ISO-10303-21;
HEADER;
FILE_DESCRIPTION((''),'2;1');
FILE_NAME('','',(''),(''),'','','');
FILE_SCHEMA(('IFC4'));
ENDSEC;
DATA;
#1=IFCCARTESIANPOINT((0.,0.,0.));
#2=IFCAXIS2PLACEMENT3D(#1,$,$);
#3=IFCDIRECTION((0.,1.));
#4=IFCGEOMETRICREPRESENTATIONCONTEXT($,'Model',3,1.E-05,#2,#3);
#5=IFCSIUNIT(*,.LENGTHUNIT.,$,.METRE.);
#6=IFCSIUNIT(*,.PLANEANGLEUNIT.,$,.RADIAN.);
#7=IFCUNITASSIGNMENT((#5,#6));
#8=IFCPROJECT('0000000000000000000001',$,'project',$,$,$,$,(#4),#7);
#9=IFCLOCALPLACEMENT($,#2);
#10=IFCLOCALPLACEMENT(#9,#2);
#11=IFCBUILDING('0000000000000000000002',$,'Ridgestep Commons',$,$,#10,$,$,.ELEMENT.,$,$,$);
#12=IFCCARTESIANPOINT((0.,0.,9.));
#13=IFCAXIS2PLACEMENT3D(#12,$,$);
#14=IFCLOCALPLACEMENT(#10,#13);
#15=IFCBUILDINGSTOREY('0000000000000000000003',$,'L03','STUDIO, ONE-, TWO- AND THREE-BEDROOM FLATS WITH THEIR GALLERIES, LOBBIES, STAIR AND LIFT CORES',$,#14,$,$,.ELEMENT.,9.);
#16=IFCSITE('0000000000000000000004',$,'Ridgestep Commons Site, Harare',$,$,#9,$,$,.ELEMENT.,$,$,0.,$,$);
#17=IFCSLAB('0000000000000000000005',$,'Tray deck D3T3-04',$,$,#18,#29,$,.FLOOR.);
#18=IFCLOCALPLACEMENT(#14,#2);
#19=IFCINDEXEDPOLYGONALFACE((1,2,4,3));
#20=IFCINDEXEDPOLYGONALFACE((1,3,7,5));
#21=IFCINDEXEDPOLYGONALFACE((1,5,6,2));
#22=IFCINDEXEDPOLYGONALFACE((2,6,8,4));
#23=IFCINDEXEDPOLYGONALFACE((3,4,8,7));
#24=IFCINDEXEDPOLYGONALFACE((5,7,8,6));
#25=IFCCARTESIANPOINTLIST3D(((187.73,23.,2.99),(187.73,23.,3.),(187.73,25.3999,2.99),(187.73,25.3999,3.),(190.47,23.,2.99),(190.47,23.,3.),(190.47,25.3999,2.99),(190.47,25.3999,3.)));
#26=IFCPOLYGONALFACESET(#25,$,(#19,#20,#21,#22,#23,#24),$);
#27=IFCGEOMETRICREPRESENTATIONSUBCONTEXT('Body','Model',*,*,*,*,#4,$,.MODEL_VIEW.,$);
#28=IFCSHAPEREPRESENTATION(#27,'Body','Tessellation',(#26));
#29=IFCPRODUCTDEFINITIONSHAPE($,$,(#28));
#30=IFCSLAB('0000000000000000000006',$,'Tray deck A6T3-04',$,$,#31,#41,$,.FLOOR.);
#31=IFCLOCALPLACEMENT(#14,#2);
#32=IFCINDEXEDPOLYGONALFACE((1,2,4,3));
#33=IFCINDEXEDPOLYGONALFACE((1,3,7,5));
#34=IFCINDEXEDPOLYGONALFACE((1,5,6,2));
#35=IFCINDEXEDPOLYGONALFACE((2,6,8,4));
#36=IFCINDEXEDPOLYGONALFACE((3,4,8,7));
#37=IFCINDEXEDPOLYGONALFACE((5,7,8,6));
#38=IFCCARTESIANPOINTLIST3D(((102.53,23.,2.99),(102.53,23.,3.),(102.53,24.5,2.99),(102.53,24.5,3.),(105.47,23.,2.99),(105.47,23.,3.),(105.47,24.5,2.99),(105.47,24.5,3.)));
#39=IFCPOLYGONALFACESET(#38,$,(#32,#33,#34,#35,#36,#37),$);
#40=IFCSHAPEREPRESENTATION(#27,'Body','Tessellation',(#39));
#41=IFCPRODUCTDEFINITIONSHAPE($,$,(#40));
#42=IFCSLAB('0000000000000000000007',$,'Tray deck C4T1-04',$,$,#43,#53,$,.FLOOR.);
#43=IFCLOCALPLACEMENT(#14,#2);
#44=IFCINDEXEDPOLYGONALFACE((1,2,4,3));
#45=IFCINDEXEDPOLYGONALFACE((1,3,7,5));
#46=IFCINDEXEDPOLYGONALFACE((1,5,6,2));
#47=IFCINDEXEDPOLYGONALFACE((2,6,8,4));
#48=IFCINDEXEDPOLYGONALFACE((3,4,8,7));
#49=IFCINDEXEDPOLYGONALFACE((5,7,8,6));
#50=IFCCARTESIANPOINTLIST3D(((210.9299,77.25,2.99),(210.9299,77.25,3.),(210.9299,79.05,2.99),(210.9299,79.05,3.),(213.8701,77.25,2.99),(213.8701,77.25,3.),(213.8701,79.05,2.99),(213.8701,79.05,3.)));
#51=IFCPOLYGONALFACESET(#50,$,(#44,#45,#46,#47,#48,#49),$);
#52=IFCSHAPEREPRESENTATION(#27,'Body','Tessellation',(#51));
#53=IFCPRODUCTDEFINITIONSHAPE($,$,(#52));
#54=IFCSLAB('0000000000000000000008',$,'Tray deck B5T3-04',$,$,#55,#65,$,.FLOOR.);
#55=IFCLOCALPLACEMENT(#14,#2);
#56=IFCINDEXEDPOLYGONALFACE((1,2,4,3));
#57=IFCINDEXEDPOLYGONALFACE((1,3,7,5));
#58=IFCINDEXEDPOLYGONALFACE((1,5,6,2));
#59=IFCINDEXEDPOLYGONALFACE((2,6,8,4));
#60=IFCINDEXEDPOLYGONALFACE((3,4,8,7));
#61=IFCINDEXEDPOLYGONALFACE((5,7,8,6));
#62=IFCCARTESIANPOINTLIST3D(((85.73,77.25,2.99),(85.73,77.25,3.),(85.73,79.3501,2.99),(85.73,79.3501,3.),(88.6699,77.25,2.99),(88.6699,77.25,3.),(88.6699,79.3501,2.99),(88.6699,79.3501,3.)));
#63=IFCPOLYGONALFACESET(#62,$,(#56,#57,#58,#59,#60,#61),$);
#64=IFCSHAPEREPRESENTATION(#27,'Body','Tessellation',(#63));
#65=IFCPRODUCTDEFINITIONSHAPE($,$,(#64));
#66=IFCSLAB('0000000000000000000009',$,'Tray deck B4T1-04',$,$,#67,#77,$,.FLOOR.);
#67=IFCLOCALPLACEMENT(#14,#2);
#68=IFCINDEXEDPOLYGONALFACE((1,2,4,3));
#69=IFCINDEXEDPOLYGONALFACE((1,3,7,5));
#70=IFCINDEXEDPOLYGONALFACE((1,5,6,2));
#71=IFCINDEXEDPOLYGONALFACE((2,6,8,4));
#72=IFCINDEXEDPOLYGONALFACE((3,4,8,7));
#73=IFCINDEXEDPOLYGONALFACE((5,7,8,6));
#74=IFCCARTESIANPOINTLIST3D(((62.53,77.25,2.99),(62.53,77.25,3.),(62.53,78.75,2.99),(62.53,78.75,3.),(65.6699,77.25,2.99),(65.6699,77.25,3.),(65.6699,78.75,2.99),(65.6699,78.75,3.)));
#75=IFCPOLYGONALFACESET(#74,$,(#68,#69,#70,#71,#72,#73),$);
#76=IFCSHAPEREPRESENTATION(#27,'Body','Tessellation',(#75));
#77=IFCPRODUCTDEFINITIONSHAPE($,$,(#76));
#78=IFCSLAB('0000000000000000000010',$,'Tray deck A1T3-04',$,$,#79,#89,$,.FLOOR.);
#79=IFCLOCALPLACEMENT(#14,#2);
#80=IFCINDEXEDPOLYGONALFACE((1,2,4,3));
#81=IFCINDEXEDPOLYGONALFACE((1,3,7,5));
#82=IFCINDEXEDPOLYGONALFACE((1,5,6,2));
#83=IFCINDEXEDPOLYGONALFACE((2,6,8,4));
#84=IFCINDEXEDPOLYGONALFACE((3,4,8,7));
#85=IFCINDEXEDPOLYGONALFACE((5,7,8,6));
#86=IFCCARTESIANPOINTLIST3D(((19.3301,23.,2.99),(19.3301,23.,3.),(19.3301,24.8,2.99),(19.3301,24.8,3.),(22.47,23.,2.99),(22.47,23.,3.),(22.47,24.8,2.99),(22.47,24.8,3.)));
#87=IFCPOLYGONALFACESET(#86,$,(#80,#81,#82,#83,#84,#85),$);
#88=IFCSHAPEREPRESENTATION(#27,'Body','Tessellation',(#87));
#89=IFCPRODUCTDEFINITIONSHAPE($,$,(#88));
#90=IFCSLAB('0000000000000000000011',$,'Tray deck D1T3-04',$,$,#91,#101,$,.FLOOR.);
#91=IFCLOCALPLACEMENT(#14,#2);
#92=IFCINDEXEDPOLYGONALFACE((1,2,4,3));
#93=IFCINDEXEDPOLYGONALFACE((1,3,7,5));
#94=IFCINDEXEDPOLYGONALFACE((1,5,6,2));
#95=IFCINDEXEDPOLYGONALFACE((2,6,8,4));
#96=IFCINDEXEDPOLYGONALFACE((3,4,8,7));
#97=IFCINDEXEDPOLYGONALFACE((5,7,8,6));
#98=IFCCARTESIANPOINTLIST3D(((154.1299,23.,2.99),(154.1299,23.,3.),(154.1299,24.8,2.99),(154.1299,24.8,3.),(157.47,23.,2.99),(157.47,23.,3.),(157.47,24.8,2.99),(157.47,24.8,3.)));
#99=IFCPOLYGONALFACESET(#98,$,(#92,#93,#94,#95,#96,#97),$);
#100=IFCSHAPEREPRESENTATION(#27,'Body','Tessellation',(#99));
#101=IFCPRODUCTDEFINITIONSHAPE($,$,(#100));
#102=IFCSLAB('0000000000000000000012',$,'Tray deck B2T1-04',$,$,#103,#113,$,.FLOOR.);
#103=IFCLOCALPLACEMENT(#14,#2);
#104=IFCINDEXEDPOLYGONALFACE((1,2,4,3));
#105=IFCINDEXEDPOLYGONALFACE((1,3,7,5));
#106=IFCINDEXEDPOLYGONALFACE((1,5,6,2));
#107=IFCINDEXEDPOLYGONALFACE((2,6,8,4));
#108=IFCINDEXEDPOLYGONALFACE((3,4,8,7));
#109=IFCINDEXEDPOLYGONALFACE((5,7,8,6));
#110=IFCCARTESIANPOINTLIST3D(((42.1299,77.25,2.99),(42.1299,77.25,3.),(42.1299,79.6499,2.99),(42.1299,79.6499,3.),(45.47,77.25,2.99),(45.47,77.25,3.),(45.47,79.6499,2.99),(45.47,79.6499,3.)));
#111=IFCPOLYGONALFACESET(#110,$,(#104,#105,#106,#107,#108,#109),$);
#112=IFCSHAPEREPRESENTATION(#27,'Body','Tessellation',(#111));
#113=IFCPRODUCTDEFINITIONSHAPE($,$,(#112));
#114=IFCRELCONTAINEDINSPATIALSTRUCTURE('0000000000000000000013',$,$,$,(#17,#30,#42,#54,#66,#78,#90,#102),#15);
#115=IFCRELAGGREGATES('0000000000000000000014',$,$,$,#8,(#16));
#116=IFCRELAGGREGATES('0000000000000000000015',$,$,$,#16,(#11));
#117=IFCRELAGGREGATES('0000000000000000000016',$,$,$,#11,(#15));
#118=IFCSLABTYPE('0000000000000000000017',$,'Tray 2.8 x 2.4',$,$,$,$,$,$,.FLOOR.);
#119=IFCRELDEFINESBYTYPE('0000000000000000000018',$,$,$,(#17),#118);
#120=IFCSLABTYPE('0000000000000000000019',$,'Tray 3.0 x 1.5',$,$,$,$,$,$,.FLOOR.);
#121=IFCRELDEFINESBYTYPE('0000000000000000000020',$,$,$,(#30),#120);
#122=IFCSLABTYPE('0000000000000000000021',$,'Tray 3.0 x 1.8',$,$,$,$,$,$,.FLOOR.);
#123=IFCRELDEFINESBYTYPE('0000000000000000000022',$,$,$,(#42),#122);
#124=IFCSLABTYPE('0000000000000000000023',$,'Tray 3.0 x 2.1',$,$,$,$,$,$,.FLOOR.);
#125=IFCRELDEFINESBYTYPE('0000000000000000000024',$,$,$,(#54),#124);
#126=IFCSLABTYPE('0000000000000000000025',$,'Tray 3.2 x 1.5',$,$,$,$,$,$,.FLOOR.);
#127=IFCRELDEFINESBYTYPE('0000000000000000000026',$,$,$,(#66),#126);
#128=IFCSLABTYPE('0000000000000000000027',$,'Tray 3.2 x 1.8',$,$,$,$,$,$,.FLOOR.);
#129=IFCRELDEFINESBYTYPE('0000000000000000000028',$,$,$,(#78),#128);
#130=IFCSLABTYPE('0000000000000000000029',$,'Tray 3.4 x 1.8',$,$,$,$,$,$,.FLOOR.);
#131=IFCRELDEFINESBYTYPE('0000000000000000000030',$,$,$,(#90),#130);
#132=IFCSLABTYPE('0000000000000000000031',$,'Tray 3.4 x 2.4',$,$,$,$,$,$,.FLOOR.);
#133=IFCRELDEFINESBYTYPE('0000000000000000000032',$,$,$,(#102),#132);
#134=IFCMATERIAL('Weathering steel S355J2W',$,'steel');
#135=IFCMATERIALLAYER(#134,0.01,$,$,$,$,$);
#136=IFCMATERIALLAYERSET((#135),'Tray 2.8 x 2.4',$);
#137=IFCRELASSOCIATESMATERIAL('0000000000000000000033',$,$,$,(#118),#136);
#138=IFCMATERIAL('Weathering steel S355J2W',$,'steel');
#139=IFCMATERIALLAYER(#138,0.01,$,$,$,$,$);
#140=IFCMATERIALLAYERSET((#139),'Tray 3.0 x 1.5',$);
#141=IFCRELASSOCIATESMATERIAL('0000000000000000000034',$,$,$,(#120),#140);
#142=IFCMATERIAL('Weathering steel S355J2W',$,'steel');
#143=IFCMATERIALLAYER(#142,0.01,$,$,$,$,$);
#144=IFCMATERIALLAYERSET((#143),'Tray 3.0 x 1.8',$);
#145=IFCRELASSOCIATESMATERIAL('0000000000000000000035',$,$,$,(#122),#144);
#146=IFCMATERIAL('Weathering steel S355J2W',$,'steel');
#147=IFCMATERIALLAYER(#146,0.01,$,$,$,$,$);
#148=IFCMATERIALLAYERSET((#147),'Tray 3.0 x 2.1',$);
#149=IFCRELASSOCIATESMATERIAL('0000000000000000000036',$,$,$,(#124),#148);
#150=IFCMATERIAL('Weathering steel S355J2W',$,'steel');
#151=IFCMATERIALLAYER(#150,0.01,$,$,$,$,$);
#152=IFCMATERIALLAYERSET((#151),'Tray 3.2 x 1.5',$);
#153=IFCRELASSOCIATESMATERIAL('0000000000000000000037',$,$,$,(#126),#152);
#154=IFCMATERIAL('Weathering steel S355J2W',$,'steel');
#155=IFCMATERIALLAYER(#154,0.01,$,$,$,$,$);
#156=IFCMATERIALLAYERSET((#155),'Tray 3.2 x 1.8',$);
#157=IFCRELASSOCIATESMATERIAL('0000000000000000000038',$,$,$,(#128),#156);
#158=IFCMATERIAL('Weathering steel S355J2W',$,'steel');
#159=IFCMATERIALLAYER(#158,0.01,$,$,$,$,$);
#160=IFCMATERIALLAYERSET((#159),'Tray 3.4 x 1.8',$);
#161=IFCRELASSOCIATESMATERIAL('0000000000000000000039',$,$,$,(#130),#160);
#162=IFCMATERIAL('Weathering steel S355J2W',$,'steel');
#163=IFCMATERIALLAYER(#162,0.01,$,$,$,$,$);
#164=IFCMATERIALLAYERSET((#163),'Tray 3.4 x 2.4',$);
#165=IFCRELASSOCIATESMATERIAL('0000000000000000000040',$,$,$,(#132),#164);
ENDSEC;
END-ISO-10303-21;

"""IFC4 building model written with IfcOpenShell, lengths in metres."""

from ifc_helpers import new_model, si_unit, direction, frame, origin, place, context, subcontext, project, spatial, polyline, outline, extrude, material, layer, layer_set, type_object, element, save


model = new_model("IFC4")

# Units and contexts
model_context = context("Model", 3, precision=1e-05, world=origin(), true_north=direction((0.0, 1.0)))
body_context = subcontext(model_context, "Body", "Model", "MODEL_VIEW")
ifc_project = project(units=[si_unit("LENGTHUNIT", "METRE"), si_unit("PLANEANGLEUNIT", "RADIAN")], contexts=[model_context])

# Site, building, storey
site_placement = place(None, origin())
site = spatial("IfcSite", under=ifc_project, at=site_placement, Name="Ridgestep Commons Site, Harare", CompositionType="ELEMENT", RefElevation=0.0)
building_placement = place(site_placement, origin())
building = spatial("IfcBuilding", under=site, at=building_placement, Name="Ridgestep Commons", CompositionType="ELEMENT")
storey_placement = place(building_placement, frame((0.0, 0.0, 9.0)))
storey = spatial("IfcBuildingStorey", under=building, at=storey_placement, Name="L03", Description="STUDIO, ONE-, TWO- AND THREE-BEDROOM FLATS WITH THEIR GALLERIES, LOBBIES, STAIR AND LIFT CORES", CompositionType="ELEMENT", Elevation=9.0)

# Slabs
ifc_material_1 = material(Name="Weathering steel S355J2W", Category="steel")
ifc_layer_1 = layer(ifc_material_1, 0.01)
ifc_layer_set_1 = layer_set([ifc_layer_1], Name="Tray 2.8 x 2.4")
slab_type_1 = type_object("IfcSlabType", Name="Tray 2.8 x 2.4", PredefinedType="FLOOR", material=ifc_layer_set_1)
slab_1_placement = place(storey_placement, frame((0.0, 0.0, 2.99)))
element("IfcSlab", 1, at=slab_1_placement, inside=storey, type_object=slab_type_1, Name="Tray deck D3T3-04", PredefinedType="FLOOR", context=body_context, shape_type="SweptSolid", body=[
    extrude(outline(polyline([(187.73, 23.0), (190.47, 23.0), (190.47, 25.3999), (187.73, 25.3999), (187.73, 23.0)])), origin(), (0.0, 0.0, 1.0), 0.01),
])
ifc_material_2 = material(Name="Weathering steel S355J2W", Category="steel")
ifc_layer_2 = layer(ifc_material_2, 0.01)
ifc_layer_set_2 = layer_set([ifc_layer_2], Name="Tray 3.0 x 1.5")
slab_type_2 = type_object("IfcSlabType", Name="Tray 3.0 x 1.5", PredefinedType="FLOOR", material=ifc_layer_set_2)
slab_2_placement = place(storey_placement, frame((0.0, 0.0, 2.99)))
element("IfcSlab", 2, at=slab_2_placement, inside=storey, type_object=slab_type_2, Name="Tray deck A6T3-04", PredefinedType="FLOOR", context=body_context, shape_type="SweptSolid", body=[
    extrude(outline(polyline([(102.53, 23.0), (105.47, 23.0), (105.47, 24.5), (102.53, 24.5), (102.53, 23.0)])), origin(), (0.0, 0.0, 1.0), 0.01),
])
ifc_material_3 = material(Name="Weathering steel S355J2W", Category="steel")
ifc_layer_3 = layer(ifc_material_3, 0.01)
ifc_layer_set_3 = layer_set([ifc_layer_3], Name="Tray 3.0 x 1.8")
slab_type_3 = type_object("IfcSlabType", Name="Tray 3.0 x 1.8", PredefinedType="FLOOR", material=ifc_layer_set_3)
slab_3_placement = place(storey_placement, frame((0.0, 0.0, 2.99)))
element("IfcSlab", 3, at=slab_3_placement, inside=storey, type_object=slab_type_3, Name="Tray deck C4T1-04", PredefinedType="FLOOR", context=body_context, shape_type="SweptSolid", body=[
    extrude(outline(polyline([(210.9299, 77.25), (213.8701, 77.25), (213.8701, 79.05), (210.9299, 79.05), (210.9299, 77.25)])), origin(), (0.0, 0.0, 1.0), 0.01),
])
ifc_material_4 = material(Name="Weathering steel S355J2W", Category="steel")
ifc_layer_4 = layer(ifc_material_4, 0.01)
ifc_layer_set_4 = layer_set([ifc_layer_4], Name="Tray 3.0 x 2.1")
slab_type_4 = type_object("IfcSlabType", Name="Tray 3.0 x 2.1", PredefinedType="FLOOR", material=ifc_layer_set_4)
slab_4_placement = place(storey_placement, frame((0.0, 0.0, 2.99)))
element("IfcSlab", 4, at=slab_4_placement, inside=storey, type_object=slab_type_4, Name="Tray deck B5T3-04", PredefinedType="FLOOR", context=body_context, shape_type="SweptSolid", body=[
    extrude(outline(polyline([(85.73, 77.25), (88.6699, 77.25), (88.6699, 79.3501), (85.73, 79.3501), (85.73, 77.25)])), origin(), (0.0, 0.0, 1.0), 0.01),
])
ifc_material_5 = material(Name="Weathering steel S355J2W", Category="steel")
ifc_layer_5 = layer(ifc_material_5, 0.01)
ifc_layer_set_5 = layer_set([ifc_layer_5], Name="Tray 3.2 x 1.5")
slab_type_5 = type_object("IfcSlabType", Name="Tray 3.2 x 1.5", PredefinedType="FLOOR", material=ifc_layer_set_5)
slab_5_placement = place(storey_placement, frame((0.0, 0.0, 2.99)))
element("IfcSlab", 5, at=slab_5_placement, inside=storey, type_object=slab_type_5, Name="Tray deck B4T1-04", PredefinedType="FLOOR", context=body_context, shape_type="SweptSolid", body=[
    extrude(outline(polyline([(62.53, 77.25), (65.6699, 77.25), (65.6699, 78.75), (62.53, 78.75), (62.53, 77.25)])), origin(), (0.0, 0.0, 1.0), 0.01),
])
ifc_material_6 = material(Name="Weathering steel S355J2W", Category="steel")
ifc_layer_6 = layer(ifc_material_6, 0.01)
ifc_layer_set_6 = layer_set([ifc_layer_6], Name="Tray 3.2 x 1.8")
slab_type_6 = type_object("IfcSlabType", Name="Tray 3.2 x 1.8", PredefinedType="FLOOR", material=ifc_layer_set_6)
slab_6_placement = place(storey_placement, frame((0.0, 0.0, 2.99)))
element("IfcSlab", 6, at=slab_6_placement, inside=storey, type_object=slab_type_6, Name="Tray deck A1T3-04", PredefinedType="FLOOR", context=body_context, shape_type="SweptSolid", body=[
    extrude(outline(polyline([(19.3301, 23.0), (22.47, 23.0), (22.47, 24.8), (19.3301, 24.8), (19.3301, 23.0)])), origin(), (0.0, 0.0, 1.0), 0.01),
])
ifc_material_7 = material(Name="Weathering steel S355J2W", Category="steel")
ifc_layer_7 = layer(ifc_material_7, 0.01)
ifc_layer_set_7 = layer_set([ifc_layer_7], Name="Tray 3.4 x 1.8")
slab_type_7 = type_object("IfcSlabType", Name="Tray 3.4 x 1.8", PredefinedType="FLOOR", material=ifc_layer_set_7)
slab_7_placement = place(storey_placement, frame((0.0, 0.0, 2.99)))
element("IfcSlab", 7, at=slab_7_placement, inside=storey, type_object=slab_type_7, Name="Tray deck D1T3-04", PredefinedType="FLOOR", context=body_context, shape_type="SweptSolid", body=[
    extrude(outline(polyline([(154.1299, 23.0), (157.47, 23.0), (157.47, 24.8), (154.1299, 24.8), (154.1299, 23.0)])), origin(), (0.0, 0.0, 1.0), 0.01),
])
ifc_material_8 = material(Name="Weathering steel S355J2W", Category="steel")
ifc_layer_8 = layer(ifc_material_8, 0.01)
ifc_layer_set_8 = layer_set([ifc_layer_8], Name="Tray 3.4 x 2.4")
slab_type_8 = type_object("IfcSlabType", Name="Tray 3.4 x 2.4", PredefinedType="FLOOR", material=ifc_layer_set_8)
slab_8_placement = place(storey_placement, frame((0.0, 0.0, 2.99)))
element("IfcSlab", 8, at=slab_8_placement, inside=storey, type_object=slab_type_8, Name="Tray deck B2T1-04", PredefinedType="FLOOR", context=body_context, shape_type="SweptSolid", body=[
    extrude(outline(polyline([(42.1299, 77.25), (45.47, 77.25), (45.47, 79.6499), (42.1299, 79.6499), (42.1299, 77.25)])), origin(), (0.0, 0.0, 1.0), 0.01),
])

save(model, "model.ifc")
